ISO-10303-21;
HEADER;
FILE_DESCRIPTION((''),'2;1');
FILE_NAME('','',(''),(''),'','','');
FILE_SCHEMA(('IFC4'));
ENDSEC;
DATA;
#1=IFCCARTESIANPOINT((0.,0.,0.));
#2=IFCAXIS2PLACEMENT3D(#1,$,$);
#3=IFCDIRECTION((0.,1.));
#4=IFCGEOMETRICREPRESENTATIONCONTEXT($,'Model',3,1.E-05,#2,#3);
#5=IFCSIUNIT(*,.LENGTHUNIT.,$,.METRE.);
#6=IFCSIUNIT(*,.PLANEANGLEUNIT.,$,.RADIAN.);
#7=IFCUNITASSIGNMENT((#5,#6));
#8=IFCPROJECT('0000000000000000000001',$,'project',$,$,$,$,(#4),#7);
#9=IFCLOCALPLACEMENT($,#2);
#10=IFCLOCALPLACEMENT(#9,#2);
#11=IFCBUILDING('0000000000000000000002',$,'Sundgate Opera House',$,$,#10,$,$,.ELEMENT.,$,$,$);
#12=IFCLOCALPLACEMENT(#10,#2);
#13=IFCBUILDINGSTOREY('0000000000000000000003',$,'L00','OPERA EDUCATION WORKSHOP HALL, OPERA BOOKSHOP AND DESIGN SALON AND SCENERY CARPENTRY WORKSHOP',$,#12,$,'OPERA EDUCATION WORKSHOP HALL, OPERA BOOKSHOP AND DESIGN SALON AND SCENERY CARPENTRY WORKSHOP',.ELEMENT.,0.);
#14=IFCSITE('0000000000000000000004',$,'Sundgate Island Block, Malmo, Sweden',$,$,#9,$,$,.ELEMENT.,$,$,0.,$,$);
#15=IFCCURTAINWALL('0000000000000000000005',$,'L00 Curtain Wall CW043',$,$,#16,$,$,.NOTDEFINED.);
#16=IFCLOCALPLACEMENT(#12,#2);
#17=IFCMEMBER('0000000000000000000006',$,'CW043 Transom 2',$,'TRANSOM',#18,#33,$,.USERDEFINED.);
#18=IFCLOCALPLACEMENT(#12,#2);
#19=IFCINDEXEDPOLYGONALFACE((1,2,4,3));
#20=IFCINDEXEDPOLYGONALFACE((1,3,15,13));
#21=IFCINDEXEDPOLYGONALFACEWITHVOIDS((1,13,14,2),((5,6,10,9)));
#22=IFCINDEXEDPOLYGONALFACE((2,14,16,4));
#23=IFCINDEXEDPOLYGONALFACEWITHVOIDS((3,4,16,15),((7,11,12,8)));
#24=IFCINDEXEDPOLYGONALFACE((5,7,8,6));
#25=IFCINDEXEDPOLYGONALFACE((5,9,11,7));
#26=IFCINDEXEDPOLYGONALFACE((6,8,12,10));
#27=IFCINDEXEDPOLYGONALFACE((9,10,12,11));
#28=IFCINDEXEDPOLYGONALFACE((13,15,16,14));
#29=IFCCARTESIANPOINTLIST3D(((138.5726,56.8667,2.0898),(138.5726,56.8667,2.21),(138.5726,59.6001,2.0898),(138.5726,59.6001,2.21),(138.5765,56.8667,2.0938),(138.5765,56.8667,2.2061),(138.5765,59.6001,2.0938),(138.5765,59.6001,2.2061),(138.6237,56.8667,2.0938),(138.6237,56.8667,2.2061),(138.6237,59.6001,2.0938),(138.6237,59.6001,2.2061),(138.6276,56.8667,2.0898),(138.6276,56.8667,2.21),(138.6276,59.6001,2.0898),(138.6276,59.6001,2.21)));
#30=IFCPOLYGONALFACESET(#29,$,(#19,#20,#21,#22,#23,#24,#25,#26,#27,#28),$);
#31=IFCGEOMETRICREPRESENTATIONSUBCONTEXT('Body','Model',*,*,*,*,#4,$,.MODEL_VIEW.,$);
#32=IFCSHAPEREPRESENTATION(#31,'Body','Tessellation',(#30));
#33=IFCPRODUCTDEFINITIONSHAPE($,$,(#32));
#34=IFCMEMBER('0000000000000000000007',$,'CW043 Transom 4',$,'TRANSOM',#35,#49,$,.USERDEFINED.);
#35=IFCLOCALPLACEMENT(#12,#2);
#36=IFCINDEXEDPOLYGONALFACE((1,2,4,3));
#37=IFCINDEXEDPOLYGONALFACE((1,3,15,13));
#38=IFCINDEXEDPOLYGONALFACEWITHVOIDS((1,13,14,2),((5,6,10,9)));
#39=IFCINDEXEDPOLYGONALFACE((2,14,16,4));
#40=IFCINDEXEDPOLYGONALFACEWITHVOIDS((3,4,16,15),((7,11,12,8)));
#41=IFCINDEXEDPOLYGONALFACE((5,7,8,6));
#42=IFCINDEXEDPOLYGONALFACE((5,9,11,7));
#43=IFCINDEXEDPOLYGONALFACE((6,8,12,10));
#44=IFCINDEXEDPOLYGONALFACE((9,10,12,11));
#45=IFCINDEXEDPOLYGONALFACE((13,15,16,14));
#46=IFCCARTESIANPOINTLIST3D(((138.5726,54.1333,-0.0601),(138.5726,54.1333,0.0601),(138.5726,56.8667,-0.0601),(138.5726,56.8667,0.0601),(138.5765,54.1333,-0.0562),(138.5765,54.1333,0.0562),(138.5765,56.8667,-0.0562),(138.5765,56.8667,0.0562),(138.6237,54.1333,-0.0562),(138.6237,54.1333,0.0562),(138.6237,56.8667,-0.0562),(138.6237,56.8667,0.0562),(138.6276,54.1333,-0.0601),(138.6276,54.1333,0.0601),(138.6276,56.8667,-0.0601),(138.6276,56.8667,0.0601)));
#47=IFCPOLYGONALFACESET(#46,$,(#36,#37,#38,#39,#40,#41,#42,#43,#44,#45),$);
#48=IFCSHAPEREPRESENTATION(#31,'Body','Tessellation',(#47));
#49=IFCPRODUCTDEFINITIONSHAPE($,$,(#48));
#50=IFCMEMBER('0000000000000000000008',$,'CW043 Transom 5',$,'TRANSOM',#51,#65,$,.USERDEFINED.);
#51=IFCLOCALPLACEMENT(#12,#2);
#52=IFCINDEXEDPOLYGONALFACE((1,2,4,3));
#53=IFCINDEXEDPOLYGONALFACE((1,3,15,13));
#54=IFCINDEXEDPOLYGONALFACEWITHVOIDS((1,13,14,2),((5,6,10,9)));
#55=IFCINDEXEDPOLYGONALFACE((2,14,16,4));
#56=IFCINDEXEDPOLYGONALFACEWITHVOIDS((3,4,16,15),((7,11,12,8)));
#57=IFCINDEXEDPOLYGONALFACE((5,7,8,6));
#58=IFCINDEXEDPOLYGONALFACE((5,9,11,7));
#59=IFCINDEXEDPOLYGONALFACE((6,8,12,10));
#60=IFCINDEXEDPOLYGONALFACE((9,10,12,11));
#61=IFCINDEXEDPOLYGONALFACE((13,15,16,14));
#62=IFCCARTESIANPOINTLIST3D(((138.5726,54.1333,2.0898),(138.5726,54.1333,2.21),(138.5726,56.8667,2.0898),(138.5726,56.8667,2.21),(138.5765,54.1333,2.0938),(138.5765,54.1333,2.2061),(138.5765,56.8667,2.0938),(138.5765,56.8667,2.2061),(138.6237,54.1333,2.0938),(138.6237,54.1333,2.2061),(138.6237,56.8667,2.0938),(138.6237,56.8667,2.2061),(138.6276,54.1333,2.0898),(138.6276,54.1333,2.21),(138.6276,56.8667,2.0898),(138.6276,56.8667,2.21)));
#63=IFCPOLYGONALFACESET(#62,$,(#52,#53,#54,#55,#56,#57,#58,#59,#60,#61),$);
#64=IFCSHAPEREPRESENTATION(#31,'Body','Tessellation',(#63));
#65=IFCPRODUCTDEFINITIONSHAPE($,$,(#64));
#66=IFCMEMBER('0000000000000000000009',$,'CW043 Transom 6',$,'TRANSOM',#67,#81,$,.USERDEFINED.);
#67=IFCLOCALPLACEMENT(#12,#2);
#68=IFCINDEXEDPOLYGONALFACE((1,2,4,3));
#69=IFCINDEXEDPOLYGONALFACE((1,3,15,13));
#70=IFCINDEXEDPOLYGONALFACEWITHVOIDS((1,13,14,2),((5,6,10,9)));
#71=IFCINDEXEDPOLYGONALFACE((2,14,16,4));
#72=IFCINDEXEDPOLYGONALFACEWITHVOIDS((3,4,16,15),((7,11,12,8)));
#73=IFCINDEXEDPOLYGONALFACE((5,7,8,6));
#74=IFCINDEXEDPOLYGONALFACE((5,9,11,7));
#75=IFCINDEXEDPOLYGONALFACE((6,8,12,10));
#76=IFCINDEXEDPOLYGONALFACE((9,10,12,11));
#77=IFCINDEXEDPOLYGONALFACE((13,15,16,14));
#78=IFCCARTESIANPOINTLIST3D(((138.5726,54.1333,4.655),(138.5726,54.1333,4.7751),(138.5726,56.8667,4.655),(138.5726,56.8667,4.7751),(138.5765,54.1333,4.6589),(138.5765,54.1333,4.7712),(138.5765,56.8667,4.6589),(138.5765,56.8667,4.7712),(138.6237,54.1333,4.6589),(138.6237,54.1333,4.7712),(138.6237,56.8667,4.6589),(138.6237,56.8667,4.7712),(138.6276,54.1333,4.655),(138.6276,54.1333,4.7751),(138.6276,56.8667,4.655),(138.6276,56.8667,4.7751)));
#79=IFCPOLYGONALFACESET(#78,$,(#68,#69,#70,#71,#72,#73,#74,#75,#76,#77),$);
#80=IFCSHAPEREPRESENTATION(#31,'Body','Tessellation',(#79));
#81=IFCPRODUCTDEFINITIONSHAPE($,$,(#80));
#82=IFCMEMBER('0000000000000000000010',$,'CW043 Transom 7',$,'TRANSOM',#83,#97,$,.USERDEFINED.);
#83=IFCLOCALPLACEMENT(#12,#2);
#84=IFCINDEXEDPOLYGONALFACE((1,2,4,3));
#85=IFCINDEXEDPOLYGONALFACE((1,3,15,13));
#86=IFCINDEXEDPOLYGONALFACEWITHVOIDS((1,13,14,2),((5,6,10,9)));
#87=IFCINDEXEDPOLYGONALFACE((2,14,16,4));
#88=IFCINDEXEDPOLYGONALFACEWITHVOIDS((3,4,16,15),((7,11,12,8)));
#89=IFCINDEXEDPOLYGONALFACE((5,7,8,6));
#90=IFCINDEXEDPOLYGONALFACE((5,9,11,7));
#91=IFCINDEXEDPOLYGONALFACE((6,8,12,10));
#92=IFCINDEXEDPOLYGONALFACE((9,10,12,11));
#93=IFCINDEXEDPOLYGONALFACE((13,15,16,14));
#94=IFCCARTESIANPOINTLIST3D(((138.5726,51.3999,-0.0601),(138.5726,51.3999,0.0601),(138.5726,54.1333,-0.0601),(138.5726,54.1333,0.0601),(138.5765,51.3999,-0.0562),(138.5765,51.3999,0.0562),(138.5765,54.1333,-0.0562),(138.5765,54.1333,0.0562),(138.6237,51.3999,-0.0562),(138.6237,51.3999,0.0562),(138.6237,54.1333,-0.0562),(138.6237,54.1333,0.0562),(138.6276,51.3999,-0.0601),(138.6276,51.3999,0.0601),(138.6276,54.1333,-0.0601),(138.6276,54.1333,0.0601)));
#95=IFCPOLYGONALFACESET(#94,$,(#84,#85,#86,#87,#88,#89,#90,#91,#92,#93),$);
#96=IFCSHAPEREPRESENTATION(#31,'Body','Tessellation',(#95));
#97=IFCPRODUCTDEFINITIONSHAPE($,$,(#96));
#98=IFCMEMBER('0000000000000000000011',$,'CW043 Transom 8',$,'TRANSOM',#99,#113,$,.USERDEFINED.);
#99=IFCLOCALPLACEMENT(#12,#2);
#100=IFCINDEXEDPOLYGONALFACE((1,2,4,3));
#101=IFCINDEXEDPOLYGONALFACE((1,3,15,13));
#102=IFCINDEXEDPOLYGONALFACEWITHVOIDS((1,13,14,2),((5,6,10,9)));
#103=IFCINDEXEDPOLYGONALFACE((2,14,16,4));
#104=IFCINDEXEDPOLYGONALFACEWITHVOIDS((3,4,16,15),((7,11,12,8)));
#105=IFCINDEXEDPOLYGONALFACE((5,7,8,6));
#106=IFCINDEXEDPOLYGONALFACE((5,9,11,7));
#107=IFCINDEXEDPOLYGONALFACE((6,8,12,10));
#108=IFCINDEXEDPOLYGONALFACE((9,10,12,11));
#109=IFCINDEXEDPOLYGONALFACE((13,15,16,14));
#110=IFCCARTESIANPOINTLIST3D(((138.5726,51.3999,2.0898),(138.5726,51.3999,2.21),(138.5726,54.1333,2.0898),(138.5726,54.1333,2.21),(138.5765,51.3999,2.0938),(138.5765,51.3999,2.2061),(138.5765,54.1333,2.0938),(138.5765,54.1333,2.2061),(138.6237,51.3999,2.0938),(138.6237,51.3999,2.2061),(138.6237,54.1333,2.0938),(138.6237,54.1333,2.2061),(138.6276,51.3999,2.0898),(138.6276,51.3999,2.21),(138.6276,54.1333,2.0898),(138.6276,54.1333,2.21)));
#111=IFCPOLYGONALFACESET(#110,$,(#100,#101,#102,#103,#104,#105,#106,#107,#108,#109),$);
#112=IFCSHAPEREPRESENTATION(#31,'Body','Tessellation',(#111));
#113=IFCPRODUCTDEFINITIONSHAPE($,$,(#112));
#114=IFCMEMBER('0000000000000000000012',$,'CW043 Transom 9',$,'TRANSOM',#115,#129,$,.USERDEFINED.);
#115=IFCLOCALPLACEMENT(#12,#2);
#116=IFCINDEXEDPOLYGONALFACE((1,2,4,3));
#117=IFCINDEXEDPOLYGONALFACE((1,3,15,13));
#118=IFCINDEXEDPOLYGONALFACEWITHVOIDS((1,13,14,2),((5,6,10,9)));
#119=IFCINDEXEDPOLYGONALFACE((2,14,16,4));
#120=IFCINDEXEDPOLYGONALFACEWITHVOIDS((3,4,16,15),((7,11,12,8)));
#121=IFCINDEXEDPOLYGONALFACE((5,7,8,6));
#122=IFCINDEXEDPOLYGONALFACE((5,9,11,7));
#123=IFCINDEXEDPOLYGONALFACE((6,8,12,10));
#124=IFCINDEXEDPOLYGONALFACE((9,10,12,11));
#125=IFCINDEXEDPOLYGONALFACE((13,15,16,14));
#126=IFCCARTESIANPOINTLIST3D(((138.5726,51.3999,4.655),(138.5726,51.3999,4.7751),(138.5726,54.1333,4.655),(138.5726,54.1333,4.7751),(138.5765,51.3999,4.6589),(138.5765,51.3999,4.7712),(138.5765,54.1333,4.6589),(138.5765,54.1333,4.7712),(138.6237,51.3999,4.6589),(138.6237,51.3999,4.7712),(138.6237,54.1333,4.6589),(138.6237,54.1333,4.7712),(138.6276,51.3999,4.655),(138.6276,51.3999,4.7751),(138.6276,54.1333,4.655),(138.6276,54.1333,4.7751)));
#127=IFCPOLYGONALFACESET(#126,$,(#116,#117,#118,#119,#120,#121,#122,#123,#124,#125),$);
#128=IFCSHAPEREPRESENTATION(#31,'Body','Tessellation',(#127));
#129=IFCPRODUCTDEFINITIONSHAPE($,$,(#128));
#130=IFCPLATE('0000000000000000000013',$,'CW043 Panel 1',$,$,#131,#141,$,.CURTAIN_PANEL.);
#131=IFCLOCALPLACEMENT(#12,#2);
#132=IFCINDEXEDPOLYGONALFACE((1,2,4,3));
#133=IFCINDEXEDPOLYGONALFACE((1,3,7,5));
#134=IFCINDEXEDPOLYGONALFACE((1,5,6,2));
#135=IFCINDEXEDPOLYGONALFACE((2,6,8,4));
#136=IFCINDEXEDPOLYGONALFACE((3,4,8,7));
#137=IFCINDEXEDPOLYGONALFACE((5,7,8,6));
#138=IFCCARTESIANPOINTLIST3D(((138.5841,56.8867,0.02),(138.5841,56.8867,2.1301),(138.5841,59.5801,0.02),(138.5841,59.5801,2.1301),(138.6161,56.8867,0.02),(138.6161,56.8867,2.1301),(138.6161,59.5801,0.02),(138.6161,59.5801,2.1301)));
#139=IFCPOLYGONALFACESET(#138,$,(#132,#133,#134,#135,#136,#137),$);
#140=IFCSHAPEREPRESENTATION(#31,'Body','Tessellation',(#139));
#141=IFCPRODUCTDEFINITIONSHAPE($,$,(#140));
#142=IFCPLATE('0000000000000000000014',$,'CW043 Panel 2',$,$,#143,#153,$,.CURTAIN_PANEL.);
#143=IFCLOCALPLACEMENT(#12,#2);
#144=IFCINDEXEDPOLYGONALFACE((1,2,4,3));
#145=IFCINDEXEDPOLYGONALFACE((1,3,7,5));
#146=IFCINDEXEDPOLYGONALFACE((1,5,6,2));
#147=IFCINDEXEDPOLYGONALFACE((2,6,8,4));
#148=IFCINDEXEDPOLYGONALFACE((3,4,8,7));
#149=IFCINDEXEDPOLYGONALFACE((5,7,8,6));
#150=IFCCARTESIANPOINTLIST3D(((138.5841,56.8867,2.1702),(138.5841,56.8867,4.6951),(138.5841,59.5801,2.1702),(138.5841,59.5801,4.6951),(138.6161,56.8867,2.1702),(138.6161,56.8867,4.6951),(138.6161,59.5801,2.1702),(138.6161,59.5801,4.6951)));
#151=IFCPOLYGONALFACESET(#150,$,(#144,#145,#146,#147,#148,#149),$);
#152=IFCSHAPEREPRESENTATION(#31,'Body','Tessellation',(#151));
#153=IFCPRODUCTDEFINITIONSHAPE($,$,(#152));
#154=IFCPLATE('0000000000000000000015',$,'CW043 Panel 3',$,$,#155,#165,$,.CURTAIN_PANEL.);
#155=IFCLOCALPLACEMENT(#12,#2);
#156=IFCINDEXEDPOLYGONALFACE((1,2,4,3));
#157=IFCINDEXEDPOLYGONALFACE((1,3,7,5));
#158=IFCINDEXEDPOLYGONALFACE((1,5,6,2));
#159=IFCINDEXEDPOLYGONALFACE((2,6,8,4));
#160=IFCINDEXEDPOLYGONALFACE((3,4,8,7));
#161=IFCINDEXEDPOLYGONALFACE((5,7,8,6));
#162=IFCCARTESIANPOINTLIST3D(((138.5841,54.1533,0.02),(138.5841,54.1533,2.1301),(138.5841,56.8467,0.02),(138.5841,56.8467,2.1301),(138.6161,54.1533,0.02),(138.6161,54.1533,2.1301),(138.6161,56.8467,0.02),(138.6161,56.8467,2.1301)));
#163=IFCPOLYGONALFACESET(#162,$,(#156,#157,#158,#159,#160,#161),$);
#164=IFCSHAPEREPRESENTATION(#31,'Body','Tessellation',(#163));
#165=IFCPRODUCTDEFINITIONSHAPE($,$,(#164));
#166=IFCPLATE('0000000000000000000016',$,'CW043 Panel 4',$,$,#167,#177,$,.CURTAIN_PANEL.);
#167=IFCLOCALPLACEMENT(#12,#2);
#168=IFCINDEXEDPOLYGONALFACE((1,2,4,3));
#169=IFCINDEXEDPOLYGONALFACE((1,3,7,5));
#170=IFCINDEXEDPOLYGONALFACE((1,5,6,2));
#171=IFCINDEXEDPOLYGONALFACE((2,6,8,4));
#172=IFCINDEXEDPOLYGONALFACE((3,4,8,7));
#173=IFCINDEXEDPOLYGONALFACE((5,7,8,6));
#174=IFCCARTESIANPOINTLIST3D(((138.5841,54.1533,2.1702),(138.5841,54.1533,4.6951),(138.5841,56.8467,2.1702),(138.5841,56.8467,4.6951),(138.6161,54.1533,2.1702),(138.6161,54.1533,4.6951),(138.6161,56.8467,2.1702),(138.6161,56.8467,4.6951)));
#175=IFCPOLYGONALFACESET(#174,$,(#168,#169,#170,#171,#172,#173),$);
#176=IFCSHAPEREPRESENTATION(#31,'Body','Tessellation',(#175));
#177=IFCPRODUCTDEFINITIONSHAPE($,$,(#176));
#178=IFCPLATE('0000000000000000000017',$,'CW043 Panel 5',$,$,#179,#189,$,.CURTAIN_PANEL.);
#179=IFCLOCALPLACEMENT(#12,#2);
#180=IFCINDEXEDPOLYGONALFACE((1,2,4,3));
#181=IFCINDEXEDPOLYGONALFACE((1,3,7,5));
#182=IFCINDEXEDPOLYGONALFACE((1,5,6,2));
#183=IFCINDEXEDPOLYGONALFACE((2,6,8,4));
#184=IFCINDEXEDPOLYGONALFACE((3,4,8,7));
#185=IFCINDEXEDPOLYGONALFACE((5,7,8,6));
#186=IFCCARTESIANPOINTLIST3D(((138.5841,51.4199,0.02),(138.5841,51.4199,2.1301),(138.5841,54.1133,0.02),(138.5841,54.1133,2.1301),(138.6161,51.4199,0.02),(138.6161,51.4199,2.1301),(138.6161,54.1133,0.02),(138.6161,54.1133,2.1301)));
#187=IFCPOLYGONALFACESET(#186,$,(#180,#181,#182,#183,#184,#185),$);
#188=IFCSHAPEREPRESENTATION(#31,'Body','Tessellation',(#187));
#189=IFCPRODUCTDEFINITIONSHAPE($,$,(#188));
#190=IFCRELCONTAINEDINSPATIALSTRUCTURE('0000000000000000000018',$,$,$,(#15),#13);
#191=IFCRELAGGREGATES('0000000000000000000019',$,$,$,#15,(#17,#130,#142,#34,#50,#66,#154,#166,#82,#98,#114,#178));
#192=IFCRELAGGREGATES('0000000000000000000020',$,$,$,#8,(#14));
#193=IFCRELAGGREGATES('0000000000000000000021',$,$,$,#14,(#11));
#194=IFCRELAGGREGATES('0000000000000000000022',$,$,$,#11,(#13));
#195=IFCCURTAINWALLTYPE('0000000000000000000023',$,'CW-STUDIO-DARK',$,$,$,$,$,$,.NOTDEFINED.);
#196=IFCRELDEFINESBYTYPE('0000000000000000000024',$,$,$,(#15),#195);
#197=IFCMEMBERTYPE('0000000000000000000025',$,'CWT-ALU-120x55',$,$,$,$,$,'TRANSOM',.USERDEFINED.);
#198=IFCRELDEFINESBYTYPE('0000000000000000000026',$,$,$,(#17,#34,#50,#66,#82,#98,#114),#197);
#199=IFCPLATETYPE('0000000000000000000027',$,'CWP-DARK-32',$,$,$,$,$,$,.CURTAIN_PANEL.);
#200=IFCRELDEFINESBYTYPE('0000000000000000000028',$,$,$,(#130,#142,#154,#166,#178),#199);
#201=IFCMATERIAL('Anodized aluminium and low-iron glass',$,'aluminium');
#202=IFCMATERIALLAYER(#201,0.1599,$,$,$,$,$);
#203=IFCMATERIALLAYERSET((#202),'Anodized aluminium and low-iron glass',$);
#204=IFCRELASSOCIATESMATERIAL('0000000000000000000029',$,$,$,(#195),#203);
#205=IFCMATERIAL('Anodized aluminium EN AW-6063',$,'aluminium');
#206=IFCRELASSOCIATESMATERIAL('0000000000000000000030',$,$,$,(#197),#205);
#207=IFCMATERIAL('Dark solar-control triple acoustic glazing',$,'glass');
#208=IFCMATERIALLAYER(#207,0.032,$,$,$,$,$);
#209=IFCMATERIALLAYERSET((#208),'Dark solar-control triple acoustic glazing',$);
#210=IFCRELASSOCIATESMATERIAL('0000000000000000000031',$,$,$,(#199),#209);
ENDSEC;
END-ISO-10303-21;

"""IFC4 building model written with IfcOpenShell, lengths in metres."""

from ifc_helpers import new_model, si_unit, direction, frame, origin, origin_2d, place, context, subcontext, project, spatial, rectangle, hollow_rectangle, extrude, material, layer, layer_set, material_profile, profile_set, type_object, element, aggregate, save


model = new_model("IFC4")

# Units and contexts
model_context = context("Model", 3, precision=1e-05, world=origin(), true_north=direction((0.0, 1.0)))
body_context = subcontext(model_context, "Body", "Model", "MODEL_VIEW")
ifc_project = project(units=[si_unit("LENGTHUNIT", "METRE"), si_unit("PLANEANGLEUNIT", "RADIAN")], contexts=[model_context])

# Site, building, storey
site_placement = place(None, origin())
site = spatial("IfcSite", under=ifc_project, at=site_placement, Name="Sundgate Island Block, Malmo, Sweden", CompositionType="ELEMENT", RefElevation=0.0)
building_placement = place(site_placement, origin())
building = spatial("IfcBuilding", under=site, at=building_placement, Name="Sundgate Opera House", CompositionType="ELEMENT")
storey_placement = place(building_placement, origin())
storey = spatial("IfcBuildingStorey", under=building, at=storey_placement, Name="L00", Description="OPERA EDUCATION WORKSHOP HALL, OPERA BOOKSHOP AND DESIGN SALON AND SCENERY CARPENTRY WORKSHOP", LongName="OPERA EDUCATION WORKSHOP HALL, OPERA BOOKSHOP AND DESIGN SALON AND SCENERY CARPENTRY WORKSHOP", CompositionType="ELEMENT", Elevation=0.0)

# Curtain wall, members, plates
ifc_material_1 = material(Name="Anodized aluminium and low-iron glass", Category="aluminium")
ifc_layer_1 = layer(ifc_material_1, 0.1599)
ifc_layer_set_1 = layer_set([ifc_layer_1], Name="Anodized aluminium and low-iron glass")
curtain_wall_type = type_object("IfcCurtainWallType", Name="CW-STUDIO-DARK", PredefinedType="NOTDEFINED", material=ifc_layer_set_1)
curtain_wall_placement = place(storey_placement, origin())
curtain_wall = element("IfcCurtainWall", 1, at=curtain_wall_placement, inside=storey, type_object=curtain_wall_type, Name="L00 Curtain Wall CW043", PredefinedType="NOTDEFINED")
ifc_material_2 = material(Name="Anodized aluminium EN AW-6063", Category="aluminium")
ifc_material_profile_1 = material_profile(ifc_material_2, hollow_rectangle(XDim=0.0549, YDim=0.1201, WallThickness=0.0039, at=origin_2d()), Name="CWT 120x55x4")
ifc_profile_set_1 = profile_set([ifc_material_profile_1], Name="Anodized aluminium EN AW-6063")
member_type_1 = type_object("IfcMemberType", Name="CWT-ALU-120x55", ElementType="TRANSOM", PredefinedType="USERDEFINED", material=ifc_profile_set_1)
member_1_placement = place(storey_placement, frame((138.6001, 59.6001, 2.1499), z_axis=(0.0, -1.0, 0.0), x_axis=(1.0, 0.0, 0.0)))
member_1 = element("IfcMember", 2, at=member_1_placement, type_object=member_type_1, Name="CW043 Transom 2", ObjectType="TRANSOM", PredefinedType="USERDEFINED", context=body_context, shape_type="SweptSolid", body=[
    extrude(hollow_rectangle(XDim=0.0549, YDim=0.1201, WallThickness=0.0039, at=origin_2d()), origin(), (0.0, 0.0, 1.0), 2.7334),
])
member_2_placement = place(storey_placement, frame((138.6001, 56.8667, 0.0), z_axis=(0.0, -1.0, 0.0), x_axis=(1.0, 0.0, 0.0)))
member_2 = element("IfcMember", 3, at=member_2_placement, type_object=member_type_1, Name="CW043 Transom 4", ObjectType="TRANSOM", PredefinedType="USERDEFINED", context=body_context, shape_type="SweptSolid", body=[
    extrude(hollow_rectangle(XDim=0.0549, YDim=0.1201, WallThickness=0.0039, at=origin_2d()), origin(), (0.0, 0.0, 1.0), 2.7334),
])
member_3_placement = place(storey_placement, frame((138.6001, 56.8667, 2.1499), z_axis=(0.0, -1.0, 0.0), x_axis=(1.0, 0.0, 0.0)))
member_3 = element("IfcMember", 4, at=member_3_placement, type_object=member_type_1, Name="CW043 Transom 5", ObjectType="TRANSOM", PredefinedType="USERDEFINED", context=body_context, shape_type="SweptSolid", body=[
    extrude(hollow_rectangle(XDim=0.0549, YDim=0.1201, WallThickness=0.0039, at=origin_2d()), origin(), (0.0, 0.0, 1.0), 2.7334),
])
member_4_placement = place(storey_placement, frame((138.6001, 56.8667, 4.7151), z_axis=(0.0, -1.0, 0.0), x_axis=(1.0, 0.0, 0.0)))
member_4 = element("IfcMember", 5, at=member_4_placement, type_object=member_type_1, Name="CW043 Transom 6", ObjectType="TRANSOM", PredefinedType="USERDEFINED", context=body_context, shape_type="SweptSolid", body=[
    extrude(hollow_rectangle(XDim=0.0549, YDim=0.1201, WallThickness=0.0039, at=origin_2d()), origin(), (0.0, 0.0, 1.0), 2.7334),
])
member_5_placement = place(storey_placement, frame((138.6001, 54.1333, 0.0), z_axis=(0.0, -1.0, 0.0), x_axis=(1.0, 0.0, 0.0)))
member_5 = element("IfcMember", 6, at=member_5_placement, type_object=member_type_1, Name="CW043 Transom 7", ObjectType="TRANSOM", PredefinedType="USERDEFINED", context=body_context, shape_type="SweptSolid", body=[
    extrude(hollow_rectangle(XDim=0.0549, YDim=0.1201, WallThickness=0.0039, at=origin_2d()), origin(), (0.0, 0.0, 1.0), 2.7334),
])
member_6_placement = place(storey_placement, frame((138.6001, 54.1333, 2.1499), z_axis=(0.0, -1.0, 0.0), x_axis=(1.0, 0.0, 0.0)))
member_6 = element("IfcMember", 7, at=member_6_placement, type_object=member_type_1, Name="CW043 Transom 8", ObjectType="TRANSOM", PredefinedType="USERDEFINED", context=body_context, shape_type="SweptSolid", body=[
    extrude(hollow_rectangle(XDim=0.0549, YDim=0.1201, WallThickness=0.0039, at=origin_2d()), origin(), (0.0, 0.0, 1.0), 2.7334),
])
member_7_placement = place(storey_placement, frame((138.6001, 54.1333, 4.7151), z_axis=(0.0, -1.0, 0.0), x_axis=(1.0, 0.0, 0.0)))
member_7 = element("IfcMember", 8, at=member_7_placement, type_object=member_type_1, Name="CW043 Transom 9", ObjectType="TRANSOM", PredefinedType="USERDEFINED", context=body_context, shape_type="SweptSolid", body=[
    extrude(hollow_rectangle(XDim=0.0549, YDim=0.1201, WallThickness=0.0039, at=origin_2d()), origin(), (0.0, 0.0, 1.0), 2.7334),
])
ifc_material_3 = material(Name="Dark solar-control triple acoustic glazing", Category="glass")
ifc_layer_2 = layer(ifc_material_3, 0.032)
ifc_layer_set_2 = layer_set([ifc_layer_2], Name="Dark solar-control triple acoustic glazing")
plate_type = type_object("IfcPlateType", Name="CWP-DARK-32", PredefinedType="CURTAIN_PANEL", material=ifc_layer_set_2)
plate_1_placement = place(storey_placement, frame((138.6001, 58.2334, 0.02), z_axis=(0.0, 0.0, 1.0), x_axis=(0.0, -1.0, 0.0)))
plate_1 = element("IfcPlate", 9, at=plate_1_placement, type_object=plate_type, Name="CW043 Panel 1", PredefinedType="CURTAIN_PANEL", context=body_context, shape_type="SweptSolid", body=[
    extrude(rectangle(XDim=2.6934, YDim=0.032, at=origin_2d()), origin(), (0.0, 0.0, 1.0), 2.1101),
])
plate_2_placement = place(storey_placement, frame((138.6001, 58.2334, 2.1702), z_axis=(0.0, 0.0, 1.0), x_axis=(0.0, -1.0, 0.0)))
plate_2 = element("IfcPlate", 10, at=plate_2_placement, type_object=plate_type, Name="CW043 Panel 2", PredefinedType="CURTAIN_PANEL", context=body_context, shape_type="SweptSolid", body=[
    extrude(rectangle(XDim=2.6934, YDim=0.032, at=origin_2d()), origin(), (0.0, 0.0, 1.0), 2.5249),
])
plate_3_placement = place(storey_placement, frame((138.6001, 55.5, 0.02), z_axis=(0.0, 0.0, 1.0), x_axis=(0.0, -1.0, 0.0)))
plate_3 = element("IfcPlate", 11, at=plate_3_placement, type_object=plate_type, Name="CW043 Panel 3", PredefinedType="CURTAIN_PANEL", context=body_context, shape_type="SweptSolid", body=[
    extrude(rectangle(XDim=2.6934, YDim=0.032, at=origin_2d()), origin(), (0.0, 0.0, 1.0), 2.1101),
])
plate_4_placement = place(storey_placement, frame((138.6001, 55.5, 2.1702), z_axis=(0.0, 0.0, 1.0), x_axis=(0.0, -1.0, 0.0)))
plate_4 = element("IfcPlate", 12, at=plate_4_placement, type_object=plate_type, Name="CW043 Panel 4", PredefinedType="CURTAIN_PANEL", context=body_context, shape_type="SweptSolid", body=[
    extrude(rectangle(XDim=2.6934, YDim=0.032, at=origin_2d()), origin(), (0.0, 0.0, 1.0), 2.5249),
])
plate_5_placement = place(storey_placement, frame((138.6001, 52.7666, 0.02), z_axis=(0.0, 0.0, 1.0), x_axis=(0.0, -1.0, 0.0)))
plate_5 = element("IfcPlate", 13, at=plate_5_placement, type_object=plate_type, Name="CW043 Panel 5", PredefinedType="CURTAIN_PANEL", context=body_context, shape_type="SweptSolid", body=[
    extrude(rectangle(XDim=2.6934, YDim=0.032, at=origin_2d()), origin(), (0.0, 0.0, 1.0), 2.1101),
])
aggregate(curtain_wall, [member_1, plate_1, plate_2, member_2, member_3, member_4, plate_3, plate_4, member_5, member_6, member_7, plate_5])

save(model, "model.ifc")
